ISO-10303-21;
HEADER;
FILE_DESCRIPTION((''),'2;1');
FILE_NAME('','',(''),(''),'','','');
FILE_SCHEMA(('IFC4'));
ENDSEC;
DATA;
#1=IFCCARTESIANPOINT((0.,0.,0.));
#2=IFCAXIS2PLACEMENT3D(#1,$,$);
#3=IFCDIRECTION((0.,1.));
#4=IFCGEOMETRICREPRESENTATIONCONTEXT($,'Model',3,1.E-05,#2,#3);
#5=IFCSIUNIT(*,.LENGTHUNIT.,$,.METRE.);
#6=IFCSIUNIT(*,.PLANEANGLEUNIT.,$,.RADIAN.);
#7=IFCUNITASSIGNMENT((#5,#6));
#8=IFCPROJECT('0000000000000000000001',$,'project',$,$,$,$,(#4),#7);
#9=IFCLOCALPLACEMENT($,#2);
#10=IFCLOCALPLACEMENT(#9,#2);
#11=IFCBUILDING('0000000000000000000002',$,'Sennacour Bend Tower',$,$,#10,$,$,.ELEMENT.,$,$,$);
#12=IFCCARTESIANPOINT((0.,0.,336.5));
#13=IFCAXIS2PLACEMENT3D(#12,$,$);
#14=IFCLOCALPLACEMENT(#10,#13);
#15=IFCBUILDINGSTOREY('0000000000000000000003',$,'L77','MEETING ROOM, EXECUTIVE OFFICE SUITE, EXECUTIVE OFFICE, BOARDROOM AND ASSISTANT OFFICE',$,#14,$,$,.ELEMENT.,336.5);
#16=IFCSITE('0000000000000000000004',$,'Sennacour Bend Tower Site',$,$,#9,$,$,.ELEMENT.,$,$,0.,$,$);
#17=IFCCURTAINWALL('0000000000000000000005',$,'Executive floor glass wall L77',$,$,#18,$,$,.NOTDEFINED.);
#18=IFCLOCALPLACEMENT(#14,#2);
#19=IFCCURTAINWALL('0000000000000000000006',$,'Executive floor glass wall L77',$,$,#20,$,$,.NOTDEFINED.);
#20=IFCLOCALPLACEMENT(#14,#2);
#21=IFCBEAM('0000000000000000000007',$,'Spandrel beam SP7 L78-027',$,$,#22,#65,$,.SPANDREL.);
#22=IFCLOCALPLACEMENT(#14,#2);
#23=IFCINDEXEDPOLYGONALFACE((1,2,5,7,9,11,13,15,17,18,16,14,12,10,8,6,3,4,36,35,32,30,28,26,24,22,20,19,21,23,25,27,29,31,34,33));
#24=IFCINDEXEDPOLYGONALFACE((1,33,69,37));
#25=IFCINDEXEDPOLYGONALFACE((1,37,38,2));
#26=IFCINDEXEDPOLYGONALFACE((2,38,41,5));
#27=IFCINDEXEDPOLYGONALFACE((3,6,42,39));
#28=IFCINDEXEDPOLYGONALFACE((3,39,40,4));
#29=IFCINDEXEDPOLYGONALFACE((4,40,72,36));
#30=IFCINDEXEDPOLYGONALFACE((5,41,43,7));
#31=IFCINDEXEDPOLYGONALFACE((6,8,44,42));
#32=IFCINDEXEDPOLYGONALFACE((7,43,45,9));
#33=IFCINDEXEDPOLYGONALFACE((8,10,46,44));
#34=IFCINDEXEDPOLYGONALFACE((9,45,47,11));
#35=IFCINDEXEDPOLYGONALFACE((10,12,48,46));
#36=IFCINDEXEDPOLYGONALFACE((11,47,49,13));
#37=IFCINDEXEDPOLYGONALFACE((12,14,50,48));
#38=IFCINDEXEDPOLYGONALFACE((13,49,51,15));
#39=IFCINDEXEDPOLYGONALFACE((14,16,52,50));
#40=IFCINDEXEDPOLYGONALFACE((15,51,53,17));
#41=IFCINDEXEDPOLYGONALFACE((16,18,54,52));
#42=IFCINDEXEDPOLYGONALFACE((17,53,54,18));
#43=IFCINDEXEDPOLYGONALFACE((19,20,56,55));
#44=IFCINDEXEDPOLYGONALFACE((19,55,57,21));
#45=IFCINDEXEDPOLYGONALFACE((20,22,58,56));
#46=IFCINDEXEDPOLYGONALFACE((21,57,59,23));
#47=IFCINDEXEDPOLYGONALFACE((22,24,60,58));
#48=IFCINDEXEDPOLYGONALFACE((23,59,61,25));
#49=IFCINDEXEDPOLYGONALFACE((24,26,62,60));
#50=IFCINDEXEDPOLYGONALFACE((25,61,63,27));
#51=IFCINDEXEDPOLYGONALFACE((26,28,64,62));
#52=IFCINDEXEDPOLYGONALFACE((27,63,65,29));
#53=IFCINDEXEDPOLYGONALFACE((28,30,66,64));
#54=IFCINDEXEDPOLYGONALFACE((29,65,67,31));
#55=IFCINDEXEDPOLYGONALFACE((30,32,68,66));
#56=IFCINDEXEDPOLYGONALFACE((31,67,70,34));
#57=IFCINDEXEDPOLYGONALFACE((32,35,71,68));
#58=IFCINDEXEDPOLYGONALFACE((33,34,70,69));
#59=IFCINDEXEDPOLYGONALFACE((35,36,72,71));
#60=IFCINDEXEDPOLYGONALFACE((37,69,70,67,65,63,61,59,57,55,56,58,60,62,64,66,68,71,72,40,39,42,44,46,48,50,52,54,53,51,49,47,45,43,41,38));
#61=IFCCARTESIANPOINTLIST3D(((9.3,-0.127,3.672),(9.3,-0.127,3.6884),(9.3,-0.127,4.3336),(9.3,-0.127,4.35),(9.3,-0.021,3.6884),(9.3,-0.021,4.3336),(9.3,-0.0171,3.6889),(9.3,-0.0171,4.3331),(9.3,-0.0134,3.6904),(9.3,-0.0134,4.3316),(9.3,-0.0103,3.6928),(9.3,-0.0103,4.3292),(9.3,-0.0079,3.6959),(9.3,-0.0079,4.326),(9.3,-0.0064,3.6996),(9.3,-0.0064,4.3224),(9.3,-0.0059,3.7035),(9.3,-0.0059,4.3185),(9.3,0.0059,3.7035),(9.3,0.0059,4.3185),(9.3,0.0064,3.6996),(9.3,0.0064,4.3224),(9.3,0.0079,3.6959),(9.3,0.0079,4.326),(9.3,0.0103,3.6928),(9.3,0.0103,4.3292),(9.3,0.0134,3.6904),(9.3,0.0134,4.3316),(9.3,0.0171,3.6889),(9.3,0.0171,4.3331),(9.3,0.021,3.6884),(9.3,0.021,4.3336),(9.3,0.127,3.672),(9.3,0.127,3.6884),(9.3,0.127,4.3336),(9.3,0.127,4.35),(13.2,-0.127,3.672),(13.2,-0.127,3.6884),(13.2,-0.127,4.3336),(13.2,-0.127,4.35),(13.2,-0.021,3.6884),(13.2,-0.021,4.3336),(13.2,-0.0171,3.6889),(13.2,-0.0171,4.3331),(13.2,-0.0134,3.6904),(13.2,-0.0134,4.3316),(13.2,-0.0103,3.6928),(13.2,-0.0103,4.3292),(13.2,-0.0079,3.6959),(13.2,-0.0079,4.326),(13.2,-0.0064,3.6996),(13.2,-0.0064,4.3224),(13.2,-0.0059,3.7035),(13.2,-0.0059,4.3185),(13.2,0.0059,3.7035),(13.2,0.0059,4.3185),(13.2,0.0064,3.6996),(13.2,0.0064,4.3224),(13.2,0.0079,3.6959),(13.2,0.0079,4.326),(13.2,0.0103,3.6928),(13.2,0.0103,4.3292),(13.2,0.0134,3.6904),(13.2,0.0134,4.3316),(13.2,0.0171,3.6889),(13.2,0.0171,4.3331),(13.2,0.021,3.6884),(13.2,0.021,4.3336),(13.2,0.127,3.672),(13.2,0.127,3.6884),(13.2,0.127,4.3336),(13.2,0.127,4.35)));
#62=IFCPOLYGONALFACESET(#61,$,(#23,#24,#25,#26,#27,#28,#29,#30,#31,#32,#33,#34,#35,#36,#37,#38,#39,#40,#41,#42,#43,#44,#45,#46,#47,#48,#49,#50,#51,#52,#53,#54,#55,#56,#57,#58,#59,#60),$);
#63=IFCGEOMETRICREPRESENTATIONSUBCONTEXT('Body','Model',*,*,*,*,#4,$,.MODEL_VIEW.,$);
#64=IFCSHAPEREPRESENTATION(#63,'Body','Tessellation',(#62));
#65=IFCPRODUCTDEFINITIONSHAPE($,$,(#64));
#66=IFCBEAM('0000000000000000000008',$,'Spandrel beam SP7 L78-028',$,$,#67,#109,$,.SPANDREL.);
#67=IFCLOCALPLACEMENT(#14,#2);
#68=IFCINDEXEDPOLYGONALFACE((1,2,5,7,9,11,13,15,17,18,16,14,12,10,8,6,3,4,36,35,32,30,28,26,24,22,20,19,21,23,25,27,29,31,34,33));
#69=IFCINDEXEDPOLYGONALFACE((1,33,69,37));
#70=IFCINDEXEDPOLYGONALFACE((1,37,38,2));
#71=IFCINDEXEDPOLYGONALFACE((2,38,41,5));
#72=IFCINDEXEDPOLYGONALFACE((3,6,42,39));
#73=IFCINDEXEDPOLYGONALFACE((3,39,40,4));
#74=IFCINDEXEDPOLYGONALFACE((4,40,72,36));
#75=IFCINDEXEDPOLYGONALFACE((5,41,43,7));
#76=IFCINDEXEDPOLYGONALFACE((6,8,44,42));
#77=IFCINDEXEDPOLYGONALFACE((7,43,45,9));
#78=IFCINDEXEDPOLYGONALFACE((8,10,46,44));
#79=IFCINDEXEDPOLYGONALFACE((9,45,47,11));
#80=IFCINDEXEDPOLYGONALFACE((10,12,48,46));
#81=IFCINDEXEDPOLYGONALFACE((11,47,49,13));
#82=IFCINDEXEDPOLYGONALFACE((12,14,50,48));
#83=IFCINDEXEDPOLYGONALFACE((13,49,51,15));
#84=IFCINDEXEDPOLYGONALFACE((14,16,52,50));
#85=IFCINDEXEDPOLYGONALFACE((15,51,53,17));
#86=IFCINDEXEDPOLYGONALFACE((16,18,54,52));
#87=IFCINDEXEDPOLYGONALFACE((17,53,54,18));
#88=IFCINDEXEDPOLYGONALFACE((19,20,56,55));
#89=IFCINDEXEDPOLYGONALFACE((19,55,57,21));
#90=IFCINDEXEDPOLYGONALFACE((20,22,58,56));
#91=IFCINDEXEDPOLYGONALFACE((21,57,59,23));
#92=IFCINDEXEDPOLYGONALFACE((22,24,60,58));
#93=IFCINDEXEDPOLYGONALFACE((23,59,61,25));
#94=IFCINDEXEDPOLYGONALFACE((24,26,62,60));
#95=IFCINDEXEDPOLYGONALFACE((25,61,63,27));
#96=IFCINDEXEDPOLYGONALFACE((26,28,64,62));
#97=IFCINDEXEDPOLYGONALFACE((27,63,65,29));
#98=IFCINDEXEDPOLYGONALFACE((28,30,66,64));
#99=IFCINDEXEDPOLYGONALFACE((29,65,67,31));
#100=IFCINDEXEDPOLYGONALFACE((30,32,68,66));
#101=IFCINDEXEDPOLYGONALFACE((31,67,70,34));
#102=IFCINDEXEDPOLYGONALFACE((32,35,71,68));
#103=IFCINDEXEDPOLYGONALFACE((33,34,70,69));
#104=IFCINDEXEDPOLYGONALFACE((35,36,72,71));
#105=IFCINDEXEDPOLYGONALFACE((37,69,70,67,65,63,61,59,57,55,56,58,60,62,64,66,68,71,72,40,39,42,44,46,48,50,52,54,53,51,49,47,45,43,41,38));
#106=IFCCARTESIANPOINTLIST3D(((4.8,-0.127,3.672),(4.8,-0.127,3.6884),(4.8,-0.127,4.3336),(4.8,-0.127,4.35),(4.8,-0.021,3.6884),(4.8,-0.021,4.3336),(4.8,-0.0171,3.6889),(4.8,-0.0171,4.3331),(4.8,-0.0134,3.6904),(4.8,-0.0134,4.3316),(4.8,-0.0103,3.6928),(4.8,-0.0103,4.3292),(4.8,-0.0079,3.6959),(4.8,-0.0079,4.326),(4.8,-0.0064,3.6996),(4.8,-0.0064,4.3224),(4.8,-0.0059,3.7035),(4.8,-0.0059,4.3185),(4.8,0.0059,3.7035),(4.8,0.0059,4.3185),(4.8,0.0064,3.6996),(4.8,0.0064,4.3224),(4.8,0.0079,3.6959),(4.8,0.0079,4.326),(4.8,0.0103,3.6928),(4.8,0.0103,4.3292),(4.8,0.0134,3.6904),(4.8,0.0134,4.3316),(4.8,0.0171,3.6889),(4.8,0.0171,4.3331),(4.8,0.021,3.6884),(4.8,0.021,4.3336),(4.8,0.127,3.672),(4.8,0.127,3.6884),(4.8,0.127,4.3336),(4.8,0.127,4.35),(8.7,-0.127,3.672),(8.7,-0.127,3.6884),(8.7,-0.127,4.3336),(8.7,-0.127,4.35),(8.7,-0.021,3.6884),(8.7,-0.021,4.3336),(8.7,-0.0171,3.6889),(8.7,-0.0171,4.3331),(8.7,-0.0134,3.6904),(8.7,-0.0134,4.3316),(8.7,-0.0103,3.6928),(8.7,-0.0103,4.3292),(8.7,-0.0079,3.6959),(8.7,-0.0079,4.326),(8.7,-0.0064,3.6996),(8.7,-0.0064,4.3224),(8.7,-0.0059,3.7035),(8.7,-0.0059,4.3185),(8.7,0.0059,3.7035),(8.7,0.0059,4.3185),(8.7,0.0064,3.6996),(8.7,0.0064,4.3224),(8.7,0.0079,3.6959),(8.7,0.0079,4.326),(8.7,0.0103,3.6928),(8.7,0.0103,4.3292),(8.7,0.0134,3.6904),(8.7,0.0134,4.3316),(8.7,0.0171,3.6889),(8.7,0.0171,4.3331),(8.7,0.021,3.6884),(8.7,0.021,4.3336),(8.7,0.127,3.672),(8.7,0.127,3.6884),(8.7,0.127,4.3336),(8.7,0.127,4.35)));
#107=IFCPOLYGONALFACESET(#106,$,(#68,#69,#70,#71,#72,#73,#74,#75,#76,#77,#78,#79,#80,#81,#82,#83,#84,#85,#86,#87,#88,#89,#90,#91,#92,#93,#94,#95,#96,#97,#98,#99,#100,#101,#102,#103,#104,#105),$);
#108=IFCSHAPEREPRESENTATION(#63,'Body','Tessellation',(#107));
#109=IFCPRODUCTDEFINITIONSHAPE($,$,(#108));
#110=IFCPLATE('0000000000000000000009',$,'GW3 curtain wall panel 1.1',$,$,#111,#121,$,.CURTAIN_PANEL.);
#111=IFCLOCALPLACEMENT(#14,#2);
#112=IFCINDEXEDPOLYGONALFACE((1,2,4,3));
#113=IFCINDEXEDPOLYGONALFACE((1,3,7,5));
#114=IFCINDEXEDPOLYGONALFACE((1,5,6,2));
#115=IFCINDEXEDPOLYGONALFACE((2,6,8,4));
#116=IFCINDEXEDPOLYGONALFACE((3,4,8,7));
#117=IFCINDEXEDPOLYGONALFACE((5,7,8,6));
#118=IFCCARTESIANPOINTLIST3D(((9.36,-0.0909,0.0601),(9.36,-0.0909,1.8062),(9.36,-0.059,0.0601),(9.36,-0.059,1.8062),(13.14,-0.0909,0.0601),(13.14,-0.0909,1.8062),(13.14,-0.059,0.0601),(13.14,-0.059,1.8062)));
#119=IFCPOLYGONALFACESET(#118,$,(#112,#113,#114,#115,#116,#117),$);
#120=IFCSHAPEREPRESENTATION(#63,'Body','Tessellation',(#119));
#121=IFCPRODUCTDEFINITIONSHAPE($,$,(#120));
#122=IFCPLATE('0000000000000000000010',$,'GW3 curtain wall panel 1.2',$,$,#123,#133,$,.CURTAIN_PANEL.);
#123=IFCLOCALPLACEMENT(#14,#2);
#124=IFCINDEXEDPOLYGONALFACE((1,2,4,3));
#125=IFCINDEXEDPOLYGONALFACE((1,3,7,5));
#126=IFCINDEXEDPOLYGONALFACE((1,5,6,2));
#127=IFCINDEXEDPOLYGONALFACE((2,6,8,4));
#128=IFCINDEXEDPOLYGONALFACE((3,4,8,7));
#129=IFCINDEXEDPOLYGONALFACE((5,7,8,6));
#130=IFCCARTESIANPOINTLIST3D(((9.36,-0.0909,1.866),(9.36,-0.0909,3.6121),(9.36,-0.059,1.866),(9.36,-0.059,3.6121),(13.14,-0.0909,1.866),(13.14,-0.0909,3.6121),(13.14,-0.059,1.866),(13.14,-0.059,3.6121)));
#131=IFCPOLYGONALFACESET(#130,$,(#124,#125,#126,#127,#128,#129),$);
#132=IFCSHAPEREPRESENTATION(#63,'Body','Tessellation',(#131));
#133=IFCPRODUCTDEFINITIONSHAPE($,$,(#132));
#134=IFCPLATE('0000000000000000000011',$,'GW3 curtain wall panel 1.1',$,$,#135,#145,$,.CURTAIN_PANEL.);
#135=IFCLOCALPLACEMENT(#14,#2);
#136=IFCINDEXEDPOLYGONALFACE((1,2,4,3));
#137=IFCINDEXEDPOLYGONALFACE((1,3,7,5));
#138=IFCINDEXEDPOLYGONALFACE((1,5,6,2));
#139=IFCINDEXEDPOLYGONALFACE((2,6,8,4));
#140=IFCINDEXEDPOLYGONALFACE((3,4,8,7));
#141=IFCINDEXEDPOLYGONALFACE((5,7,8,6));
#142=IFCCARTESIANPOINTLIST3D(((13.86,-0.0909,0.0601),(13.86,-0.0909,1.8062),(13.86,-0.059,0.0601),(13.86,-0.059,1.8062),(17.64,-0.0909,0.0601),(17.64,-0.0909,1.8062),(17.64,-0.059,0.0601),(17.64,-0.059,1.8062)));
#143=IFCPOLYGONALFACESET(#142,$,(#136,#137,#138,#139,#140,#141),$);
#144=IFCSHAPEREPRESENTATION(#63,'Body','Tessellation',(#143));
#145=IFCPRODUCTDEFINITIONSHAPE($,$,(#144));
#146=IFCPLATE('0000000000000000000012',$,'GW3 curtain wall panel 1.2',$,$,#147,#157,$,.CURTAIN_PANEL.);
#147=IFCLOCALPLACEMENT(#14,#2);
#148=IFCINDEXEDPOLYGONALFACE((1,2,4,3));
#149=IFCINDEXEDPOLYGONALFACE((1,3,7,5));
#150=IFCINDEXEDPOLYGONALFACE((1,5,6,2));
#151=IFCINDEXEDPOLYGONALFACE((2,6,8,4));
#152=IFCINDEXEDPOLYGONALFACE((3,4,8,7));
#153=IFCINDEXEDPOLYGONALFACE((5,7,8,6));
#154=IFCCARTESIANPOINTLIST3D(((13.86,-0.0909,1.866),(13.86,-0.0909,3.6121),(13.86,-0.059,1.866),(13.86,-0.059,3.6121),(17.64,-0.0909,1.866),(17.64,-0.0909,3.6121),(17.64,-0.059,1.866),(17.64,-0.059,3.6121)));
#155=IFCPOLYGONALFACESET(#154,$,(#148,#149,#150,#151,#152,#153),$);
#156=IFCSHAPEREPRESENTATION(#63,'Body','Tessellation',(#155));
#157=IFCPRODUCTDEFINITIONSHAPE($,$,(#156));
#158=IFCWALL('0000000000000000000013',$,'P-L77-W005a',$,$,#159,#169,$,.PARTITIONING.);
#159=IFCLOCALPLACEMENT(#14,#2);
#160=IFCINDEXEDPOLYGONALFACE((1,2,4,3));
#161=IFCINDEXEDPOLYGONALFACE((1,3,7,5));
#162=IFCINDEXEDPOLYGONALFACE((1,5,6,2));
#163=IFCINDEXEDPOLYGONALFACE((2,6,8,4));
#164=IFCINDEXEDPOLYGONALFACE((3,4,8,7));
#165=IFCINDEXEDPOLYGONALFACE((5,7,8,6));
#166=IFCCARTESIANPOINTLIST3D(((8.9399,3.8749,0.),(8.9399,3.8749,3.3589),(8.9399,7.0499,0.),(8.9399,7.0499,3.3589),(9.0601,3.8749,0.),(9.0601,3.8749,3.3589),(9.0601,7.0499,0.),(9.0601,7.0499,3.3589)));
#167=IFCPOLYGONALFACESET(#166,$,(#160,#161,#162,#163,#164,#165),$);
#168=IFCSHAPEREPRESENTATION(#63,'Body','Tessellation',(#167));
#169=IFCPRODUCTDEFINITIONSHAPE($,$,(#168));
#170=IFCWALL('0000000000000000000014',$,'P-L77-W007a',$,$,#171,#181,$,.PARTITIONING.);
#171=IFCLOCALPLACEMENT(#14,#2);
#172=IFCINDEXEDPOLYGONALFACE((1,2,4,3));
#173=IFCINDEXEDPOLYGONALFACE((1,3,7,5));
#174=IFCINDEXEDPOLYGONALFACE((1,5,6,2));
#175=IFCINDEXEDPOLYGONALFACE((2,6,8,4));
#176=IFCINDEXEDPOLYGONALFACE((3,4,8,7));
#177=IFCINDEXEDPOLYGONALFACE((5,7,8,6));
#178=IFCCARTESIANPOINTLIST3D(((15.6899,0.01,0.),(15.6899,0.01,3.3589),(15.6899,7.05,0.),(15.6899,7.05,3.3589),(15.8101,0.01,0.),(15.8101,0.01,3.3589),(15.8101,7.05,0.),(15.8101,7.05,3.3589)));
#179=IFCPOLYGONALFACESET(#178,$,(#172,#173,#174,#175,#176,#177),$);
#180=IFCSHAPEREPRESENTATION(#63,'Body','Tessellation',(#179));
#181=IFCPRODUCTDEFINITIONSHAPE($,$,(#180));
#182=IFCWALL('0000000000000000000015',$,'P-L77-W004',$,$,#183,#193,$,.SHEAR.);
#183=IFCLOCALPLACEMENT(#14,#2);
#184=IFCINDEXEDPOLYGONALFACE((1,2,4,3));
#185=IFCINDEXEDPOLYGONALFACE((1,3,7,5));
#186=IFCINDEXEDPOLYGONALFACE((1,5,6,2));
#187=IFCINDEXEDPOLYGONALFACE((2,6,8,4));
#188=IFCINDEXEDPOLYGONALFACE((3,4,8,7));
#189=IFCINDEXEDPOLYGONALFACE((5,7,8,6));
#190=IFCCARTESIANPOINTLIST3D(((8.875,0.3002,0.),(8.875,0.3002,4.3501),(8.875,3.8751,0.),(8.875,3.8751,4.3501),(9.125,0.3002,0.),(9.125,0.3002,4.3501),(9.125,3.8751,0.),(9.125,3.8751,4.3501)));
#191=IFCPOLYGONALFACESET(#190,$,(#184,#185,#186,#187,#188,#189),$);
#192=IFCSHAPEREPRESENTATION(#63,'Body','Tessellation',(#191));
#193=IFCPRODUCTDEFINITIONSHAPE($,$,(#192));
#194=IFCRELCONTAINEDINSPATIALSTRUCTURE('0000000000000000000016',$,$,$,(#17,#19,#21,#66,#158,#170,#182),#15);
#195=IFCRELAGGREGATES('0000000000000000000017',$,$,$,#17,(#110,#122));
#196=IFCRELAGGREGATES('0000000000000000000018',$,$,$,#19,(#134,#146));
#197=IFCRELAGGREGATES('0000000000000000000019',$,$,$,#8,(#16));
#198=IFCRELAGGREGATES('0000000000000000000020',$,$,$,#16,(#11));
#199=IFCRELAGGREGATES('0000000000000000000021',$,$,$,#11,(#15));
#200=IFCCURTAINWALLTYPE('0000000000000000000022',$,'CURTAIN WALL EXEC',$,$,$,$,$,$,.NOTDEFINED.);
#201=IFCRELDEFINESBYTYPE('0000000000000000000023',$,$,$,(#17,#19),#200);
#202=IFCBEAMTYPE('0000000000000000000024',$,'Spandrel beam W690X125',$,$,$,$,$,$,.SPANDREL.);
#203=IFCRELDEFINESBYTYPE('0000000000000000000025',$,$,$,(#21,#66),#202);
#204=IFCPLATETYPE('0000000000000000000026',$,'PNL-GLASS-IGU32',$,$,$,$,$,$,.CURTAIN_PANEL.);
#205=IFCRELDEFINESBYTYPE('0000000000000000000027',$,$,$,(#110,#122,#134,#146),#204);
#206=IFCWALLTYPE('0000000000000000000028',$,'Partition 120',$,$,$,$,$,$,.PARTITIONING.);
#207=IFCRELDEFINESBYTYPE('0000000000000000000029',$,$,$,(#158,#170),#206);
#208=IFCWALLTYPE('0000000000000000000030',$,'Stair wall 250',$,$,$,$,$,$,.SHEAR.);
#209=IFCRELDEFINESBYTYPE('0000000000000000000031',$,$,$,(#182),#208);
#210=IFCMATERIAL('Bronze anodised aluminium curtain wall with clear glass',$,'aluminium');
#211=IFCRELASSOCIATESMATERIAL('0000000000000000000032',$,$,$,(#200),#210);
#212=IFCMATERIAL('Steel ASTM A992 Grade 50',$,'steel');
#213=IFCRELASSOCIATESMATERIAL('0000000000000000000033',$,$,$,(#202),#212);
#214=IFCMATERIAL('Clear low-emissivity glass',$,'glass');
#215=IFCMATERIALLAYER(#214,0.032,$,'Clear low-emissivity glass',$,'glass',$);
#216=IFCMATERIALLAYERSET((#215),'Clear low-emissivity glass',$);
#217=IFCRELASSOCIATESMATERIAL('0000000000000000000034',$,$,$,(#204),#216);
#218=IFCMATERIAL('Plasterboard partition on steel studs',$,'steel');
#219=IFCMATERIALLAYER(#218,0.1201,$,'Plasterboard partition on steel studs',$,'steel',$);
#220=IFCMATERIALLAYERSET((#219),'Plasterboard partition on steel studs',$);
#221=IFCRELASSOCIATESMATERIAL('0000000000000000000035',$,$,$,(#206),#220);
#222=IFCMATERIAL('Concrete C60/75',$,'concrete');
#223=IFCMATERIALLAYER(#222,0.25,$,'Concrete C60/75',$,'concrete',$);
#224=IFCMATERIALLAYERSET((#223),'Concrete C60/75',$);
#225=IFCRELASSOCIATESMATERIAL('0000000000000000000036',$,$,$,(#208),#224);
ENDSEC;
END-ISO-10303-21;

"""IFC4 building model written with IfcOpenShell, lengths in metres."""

from ifc_helpers import new_model, si_unit, direction, frame, frame_2d, origin, origin_2d, place, context, subcontext, project, spatial, rectangle, i_section, extrude, material, layer, layer_set, material_profile, profile_set, type_object, element, aggregate, save


model = new_model("IFC4")

# Units and contexts
model_context = context("Model", 3, precision=1e-05, world=origin(), true_north=direction((0.0, 1.0)))
body_context = subcontext(model_context, "Body", "Model", "MODEL_VIEW")
ifc_project = project(units=[si_unit("LENGTHUNIT", "METRE"), si_unit("PLANEANGLEUNIT", "RADIAN")], contexts=[model_context])

# Site, building, storey
site_placement = place(None, origin())
site = spatial("IfcSite", under=ifc_project, at=site_placement, Name="Sennacour Bend Tower Site", CompositionType="ELEMENT", RefElevation=0.0)
building_placement = place(site_placement, origin())
building = spatial("IfcBuilding", under=site, at=building_placement, Name="Sennacour Bend Tower", CompositionType="ELEMENT")
storey_placement = place(building_placement, frame((0.0, 0.0, 336.5)))
storey = spatial("IfcBuildingStorey", under=building, at=storey_placement, Name="L77", Description="MEETING ROOM, EXECUTIVE OFFICE SUITE, EXECUTIVE OFFICE, BOARDROOM AND ASSISTANT OFFICE", CompositionType="ELEMENT", Elevation=336.5)

# Shared definitions
ifc_material_1 = material(Name="Bronze anodised aluminium curtain wall with clear glass", Category="aluminium")
curtain_wall_type = type_object("IfcCurtainWallType", Name="CURTAIN WALL EXEC", PredefinedType="NOTDEFINED", material=ifc_material_1)

# Curtain wall
curtain_wall_1_placement = place(storey_placement, origin())
curtain_wall_1 = element("IfcCurtainWall", 1, at=curtain_wall_1_placement, inside=storey, type_object=curtain_wall_type, Name="Executive floor glass wall L77", PredefinedType="NOTDEFINED")

# Curtain wall
curtain_wall_2_placement = place(storey_placement, origin())
curtain_wall_2 = element("IfcCurtainWall", 2, at=curtain_wall_2_placement, inside=storey, type_object=curtain_wall_type, Name="Executive floor glass wall L77", PredefinedType="NOTDEFINED")

# Beams
ifc_material_2 = material(Name="Steel ASTM A992 Grade 50", Category="steel")
ifc_material_profile_1 = material_profile(ifc_material_2, i_section(OverallWidth=0.2539, OverallDepth=0.678, WebThickness=0.0117, FlangeThickness=0.0164, FilletRadius=0.0151, at=origin_2d()), Name="Steel ASTM A992 Grade 50", Category="steel")
ifc_profile_set_1 = profile_set([ifc_material_profile_1], Name="Steel ASTM A992 Grade 50")
beam_type_1 = type_object("IfcBeamType", Name="Spandrel beam W690X125", PredefinedType="SPANDREL", material=ifc_profile_set_1)
for number, where, z_axis, x_axis, name in (
    (3, (13.2, 0.0, 4.011), (-1.0, 0.0, 0.0), (0.0, -1.0, 0.0), "Spandrel beam SP7 L78-027"),
    (4, (8.7, 0.0, 4.011), (-1.0, 0.0, 0.0), (0.0, -1.0, 0.0), "Spandrel beam SP7 L78-028"),
):
    element("IfcBeam", number, at=place(storey_placement, frame(where, z_axis=z_axis, x_axis=x_axis)), inside=storey, type_object=beam_type_1, Name=name, PredefinedType="SPANDREL", context=body_context, shape_type="SweptSolid", body=[
        extrude(i_section(OverallWidth=0.2539, OverallDepth=0.678, WebThickness=0.0117, FlangeThickness=0.0164, FilletRadius=0.0151, at=origin_2d()), origin(), (0.0, 0.0, 1.0), 3.8999),
    ])

# Plates
ifc_material_3 = material(Name="Clear low-emissivity glass", Category="glass")
ifc_layer_1 = layer(ifc_material_3, 0.032, Name="Clear low-emissivity glass", Category="glass")
ifc_layer_set_1 = layer_set([ifc_layer_1], Name="Clear low-emissivity glass")
plate_type = type_object("IfcPlateType", Name="PNL-GLASS-IGU32", PredefinedType="CURTAIN_PANEL", material=ifc_layer_set_1)
plate_1_placement = place(storey_placement, frame((11.25, -0.075, 0.0601), z_axis=(0.0, 0.0, 1.0), x_axis=(1.0, 0.0, 0.0)))
plate_1 = element("IfcPlate", 5, at=plate_1_placement, type_object=plate_type, Name="GW3 curtain wall panel 1.1", PredefinedType="CURTAIN_PANEL", context=body_context, shape_type="SweptSolid", body=[
    extrude(rectangle(XDim=3.78, YDim=0.032, at=origin_2d()), origin(), (0.0, 0.0, 1.0), 1.7461),
])
plate_2_placement = place(storey_placement, frame((11.25, -0.075, 1.866), z_axis=(0.0, 0.0, 1.0), x_axis=(1.0, 0.0, 0.0)))
plate_2 = element("IfcPlate", 6, at=plate_2_placement, type_object=plate_type, Name="GW3 curtain wall panel 1.2", PredefinedType="CURTAIN_PANEL", context=body_context, shape_type="SweptSolid", body=[
    extrude(rectangle(XDim=3.78, YDim=0.032, at=origin_2d()), origin(), (0.0, 0.0, 1.0), 1.7461),
])
aggregate(curtain_wall_1, [plate_1, plate_2])
plate_3_placement = place(storey_placement, frame((15.75, -0.075, 0.0601), z_axis=(0.0, 0.0, 1.0), x_axis=(1.0, 0.0, 0.0)))
plate_3 = element("IfcPlate", 7, at=plate_3_placement, type_object=plate_type, Name="GW3 curtain wall panel 1.1", PredefinedType="CURTAIN_PANEL", context=body_context, shape_type="SweptSolid", body=[
    extrude(rectangle(XDim=3.78, YDim=0.032, at=origin_2d()), origin(), (0.0, 0.0, 1.0), 1.7461),
])
plate_4_placement = place(storey_placement, frame((15.75, -0.075, 1.866), z_axis=(0.0, 0.0, 1.0), x_axis=(1.0, 0.0, 0.0)))
plate_4 = element("IfcPlate", 8, at=plate_4_placement, type_object=plate_type, Name="GW3 curtain wall panel 1.2", PredefinedType="CURTAIN_PANEL", context=body_context, shape_type="SweptSolid", body=[
    extrude(rectangle(XDim=3.78, YDim=0.032, at=origin_2d()), origin(), (0.0, 0.0, 1.0), 1.7461),
])
aggregate(curtain_wall_2, [plate_3, plate_4])

# Walls
ifc_material_4 = material(Name="Plasterboard partition on steel studs", Category="steel")
ifc_layer_2 = layer(ifc_material_4, 0.1201, Name="Plasterboard partition on steel studs", Category="steel")
ifc_layer_set_2 = layer_set([ifc_layer_2], Name="Plasterboard partition on steel studs")
wall_type_1 = type_object("IfcWallType", Name="Partition 120", PredefinedType="PARTITIONING", material=ifc_layer_set_2)
wall_1_placement = place(storey_placement, frame((9.0, 3.875, 0.0), z_axis=(0.0, 0.0, 1.0), x_axis=(0.0, 1.0, 0.0)))
element("IfcWall", 9, at=wall_1_placement, inside=storey, type_object=wall_type_1, Name="P-L77-W005a", PredefinedType="PARTITIONING", context=body_context, shape_type="SweptSolid", body=[
    extrude(rectangle(XDim=3.175, YDim=0.1201, at=frame_2d((1.5874, 0.0))), origin(), (0.0, 0.0, 1.0), 3.3589),
])
wall_2_placement = place(storey_placement, frame((15.75, 0.01, 0.0), z_axis=(0.0, 0.0, 1.0), x_axis=(0.0, 1.0, 0.0)))
element("IfcWall", 10, at=wall_2_placement, inside=storey, type_object=wall_type_1, Name="P-L77-W007a", PredefinedType="PARTITIONING", context=body_context, shape_type="SweptSolid", body=[
    extrude(rectangle(XDim=7.04, YDim=0.1201, at=frame_2d((3.52, 0.0))), origin(), (0.0, 0.0, 1.0), 3.3589),
])
ifc_material_5 = material(Name="Concrete C60/75", Category="concrete")
ifc_layer_3 = layer(ifc_material_5, 0.25, Name="Concrete C60/75", Category="concrete")
ifc_layer_set_3 = layer_set([ifc_layer_3], Name="Concrete C60/75")
wall_type_2 = type_object("IfcWallType", Name="Stair wall 250", PredefinedType="SHEAR", material=ifc_layer_set_3)
wall_3_placement = place(storey_placement, frame((9.0, 0.3, 0.0), z_axis=(0.0, 0.0, 1.0), x_axis=(0.0, 1.0, 0.0)))
element("IfcWall", 11, at=wall_3_placement, inside=storey, type_object=wall_type_2, Name="P-L77-W004", PredefinedType="SHEAR", context=body_context, shape_type="SweptSolid", body=[
    extrude(rectangle(XDim=3.575, YDim=0.25, at=frame_2d((1.7876, 0.0))), origin(), (0.0, 0.0, 1.0), 4.3501),
])

save(model, "model.ifc")
